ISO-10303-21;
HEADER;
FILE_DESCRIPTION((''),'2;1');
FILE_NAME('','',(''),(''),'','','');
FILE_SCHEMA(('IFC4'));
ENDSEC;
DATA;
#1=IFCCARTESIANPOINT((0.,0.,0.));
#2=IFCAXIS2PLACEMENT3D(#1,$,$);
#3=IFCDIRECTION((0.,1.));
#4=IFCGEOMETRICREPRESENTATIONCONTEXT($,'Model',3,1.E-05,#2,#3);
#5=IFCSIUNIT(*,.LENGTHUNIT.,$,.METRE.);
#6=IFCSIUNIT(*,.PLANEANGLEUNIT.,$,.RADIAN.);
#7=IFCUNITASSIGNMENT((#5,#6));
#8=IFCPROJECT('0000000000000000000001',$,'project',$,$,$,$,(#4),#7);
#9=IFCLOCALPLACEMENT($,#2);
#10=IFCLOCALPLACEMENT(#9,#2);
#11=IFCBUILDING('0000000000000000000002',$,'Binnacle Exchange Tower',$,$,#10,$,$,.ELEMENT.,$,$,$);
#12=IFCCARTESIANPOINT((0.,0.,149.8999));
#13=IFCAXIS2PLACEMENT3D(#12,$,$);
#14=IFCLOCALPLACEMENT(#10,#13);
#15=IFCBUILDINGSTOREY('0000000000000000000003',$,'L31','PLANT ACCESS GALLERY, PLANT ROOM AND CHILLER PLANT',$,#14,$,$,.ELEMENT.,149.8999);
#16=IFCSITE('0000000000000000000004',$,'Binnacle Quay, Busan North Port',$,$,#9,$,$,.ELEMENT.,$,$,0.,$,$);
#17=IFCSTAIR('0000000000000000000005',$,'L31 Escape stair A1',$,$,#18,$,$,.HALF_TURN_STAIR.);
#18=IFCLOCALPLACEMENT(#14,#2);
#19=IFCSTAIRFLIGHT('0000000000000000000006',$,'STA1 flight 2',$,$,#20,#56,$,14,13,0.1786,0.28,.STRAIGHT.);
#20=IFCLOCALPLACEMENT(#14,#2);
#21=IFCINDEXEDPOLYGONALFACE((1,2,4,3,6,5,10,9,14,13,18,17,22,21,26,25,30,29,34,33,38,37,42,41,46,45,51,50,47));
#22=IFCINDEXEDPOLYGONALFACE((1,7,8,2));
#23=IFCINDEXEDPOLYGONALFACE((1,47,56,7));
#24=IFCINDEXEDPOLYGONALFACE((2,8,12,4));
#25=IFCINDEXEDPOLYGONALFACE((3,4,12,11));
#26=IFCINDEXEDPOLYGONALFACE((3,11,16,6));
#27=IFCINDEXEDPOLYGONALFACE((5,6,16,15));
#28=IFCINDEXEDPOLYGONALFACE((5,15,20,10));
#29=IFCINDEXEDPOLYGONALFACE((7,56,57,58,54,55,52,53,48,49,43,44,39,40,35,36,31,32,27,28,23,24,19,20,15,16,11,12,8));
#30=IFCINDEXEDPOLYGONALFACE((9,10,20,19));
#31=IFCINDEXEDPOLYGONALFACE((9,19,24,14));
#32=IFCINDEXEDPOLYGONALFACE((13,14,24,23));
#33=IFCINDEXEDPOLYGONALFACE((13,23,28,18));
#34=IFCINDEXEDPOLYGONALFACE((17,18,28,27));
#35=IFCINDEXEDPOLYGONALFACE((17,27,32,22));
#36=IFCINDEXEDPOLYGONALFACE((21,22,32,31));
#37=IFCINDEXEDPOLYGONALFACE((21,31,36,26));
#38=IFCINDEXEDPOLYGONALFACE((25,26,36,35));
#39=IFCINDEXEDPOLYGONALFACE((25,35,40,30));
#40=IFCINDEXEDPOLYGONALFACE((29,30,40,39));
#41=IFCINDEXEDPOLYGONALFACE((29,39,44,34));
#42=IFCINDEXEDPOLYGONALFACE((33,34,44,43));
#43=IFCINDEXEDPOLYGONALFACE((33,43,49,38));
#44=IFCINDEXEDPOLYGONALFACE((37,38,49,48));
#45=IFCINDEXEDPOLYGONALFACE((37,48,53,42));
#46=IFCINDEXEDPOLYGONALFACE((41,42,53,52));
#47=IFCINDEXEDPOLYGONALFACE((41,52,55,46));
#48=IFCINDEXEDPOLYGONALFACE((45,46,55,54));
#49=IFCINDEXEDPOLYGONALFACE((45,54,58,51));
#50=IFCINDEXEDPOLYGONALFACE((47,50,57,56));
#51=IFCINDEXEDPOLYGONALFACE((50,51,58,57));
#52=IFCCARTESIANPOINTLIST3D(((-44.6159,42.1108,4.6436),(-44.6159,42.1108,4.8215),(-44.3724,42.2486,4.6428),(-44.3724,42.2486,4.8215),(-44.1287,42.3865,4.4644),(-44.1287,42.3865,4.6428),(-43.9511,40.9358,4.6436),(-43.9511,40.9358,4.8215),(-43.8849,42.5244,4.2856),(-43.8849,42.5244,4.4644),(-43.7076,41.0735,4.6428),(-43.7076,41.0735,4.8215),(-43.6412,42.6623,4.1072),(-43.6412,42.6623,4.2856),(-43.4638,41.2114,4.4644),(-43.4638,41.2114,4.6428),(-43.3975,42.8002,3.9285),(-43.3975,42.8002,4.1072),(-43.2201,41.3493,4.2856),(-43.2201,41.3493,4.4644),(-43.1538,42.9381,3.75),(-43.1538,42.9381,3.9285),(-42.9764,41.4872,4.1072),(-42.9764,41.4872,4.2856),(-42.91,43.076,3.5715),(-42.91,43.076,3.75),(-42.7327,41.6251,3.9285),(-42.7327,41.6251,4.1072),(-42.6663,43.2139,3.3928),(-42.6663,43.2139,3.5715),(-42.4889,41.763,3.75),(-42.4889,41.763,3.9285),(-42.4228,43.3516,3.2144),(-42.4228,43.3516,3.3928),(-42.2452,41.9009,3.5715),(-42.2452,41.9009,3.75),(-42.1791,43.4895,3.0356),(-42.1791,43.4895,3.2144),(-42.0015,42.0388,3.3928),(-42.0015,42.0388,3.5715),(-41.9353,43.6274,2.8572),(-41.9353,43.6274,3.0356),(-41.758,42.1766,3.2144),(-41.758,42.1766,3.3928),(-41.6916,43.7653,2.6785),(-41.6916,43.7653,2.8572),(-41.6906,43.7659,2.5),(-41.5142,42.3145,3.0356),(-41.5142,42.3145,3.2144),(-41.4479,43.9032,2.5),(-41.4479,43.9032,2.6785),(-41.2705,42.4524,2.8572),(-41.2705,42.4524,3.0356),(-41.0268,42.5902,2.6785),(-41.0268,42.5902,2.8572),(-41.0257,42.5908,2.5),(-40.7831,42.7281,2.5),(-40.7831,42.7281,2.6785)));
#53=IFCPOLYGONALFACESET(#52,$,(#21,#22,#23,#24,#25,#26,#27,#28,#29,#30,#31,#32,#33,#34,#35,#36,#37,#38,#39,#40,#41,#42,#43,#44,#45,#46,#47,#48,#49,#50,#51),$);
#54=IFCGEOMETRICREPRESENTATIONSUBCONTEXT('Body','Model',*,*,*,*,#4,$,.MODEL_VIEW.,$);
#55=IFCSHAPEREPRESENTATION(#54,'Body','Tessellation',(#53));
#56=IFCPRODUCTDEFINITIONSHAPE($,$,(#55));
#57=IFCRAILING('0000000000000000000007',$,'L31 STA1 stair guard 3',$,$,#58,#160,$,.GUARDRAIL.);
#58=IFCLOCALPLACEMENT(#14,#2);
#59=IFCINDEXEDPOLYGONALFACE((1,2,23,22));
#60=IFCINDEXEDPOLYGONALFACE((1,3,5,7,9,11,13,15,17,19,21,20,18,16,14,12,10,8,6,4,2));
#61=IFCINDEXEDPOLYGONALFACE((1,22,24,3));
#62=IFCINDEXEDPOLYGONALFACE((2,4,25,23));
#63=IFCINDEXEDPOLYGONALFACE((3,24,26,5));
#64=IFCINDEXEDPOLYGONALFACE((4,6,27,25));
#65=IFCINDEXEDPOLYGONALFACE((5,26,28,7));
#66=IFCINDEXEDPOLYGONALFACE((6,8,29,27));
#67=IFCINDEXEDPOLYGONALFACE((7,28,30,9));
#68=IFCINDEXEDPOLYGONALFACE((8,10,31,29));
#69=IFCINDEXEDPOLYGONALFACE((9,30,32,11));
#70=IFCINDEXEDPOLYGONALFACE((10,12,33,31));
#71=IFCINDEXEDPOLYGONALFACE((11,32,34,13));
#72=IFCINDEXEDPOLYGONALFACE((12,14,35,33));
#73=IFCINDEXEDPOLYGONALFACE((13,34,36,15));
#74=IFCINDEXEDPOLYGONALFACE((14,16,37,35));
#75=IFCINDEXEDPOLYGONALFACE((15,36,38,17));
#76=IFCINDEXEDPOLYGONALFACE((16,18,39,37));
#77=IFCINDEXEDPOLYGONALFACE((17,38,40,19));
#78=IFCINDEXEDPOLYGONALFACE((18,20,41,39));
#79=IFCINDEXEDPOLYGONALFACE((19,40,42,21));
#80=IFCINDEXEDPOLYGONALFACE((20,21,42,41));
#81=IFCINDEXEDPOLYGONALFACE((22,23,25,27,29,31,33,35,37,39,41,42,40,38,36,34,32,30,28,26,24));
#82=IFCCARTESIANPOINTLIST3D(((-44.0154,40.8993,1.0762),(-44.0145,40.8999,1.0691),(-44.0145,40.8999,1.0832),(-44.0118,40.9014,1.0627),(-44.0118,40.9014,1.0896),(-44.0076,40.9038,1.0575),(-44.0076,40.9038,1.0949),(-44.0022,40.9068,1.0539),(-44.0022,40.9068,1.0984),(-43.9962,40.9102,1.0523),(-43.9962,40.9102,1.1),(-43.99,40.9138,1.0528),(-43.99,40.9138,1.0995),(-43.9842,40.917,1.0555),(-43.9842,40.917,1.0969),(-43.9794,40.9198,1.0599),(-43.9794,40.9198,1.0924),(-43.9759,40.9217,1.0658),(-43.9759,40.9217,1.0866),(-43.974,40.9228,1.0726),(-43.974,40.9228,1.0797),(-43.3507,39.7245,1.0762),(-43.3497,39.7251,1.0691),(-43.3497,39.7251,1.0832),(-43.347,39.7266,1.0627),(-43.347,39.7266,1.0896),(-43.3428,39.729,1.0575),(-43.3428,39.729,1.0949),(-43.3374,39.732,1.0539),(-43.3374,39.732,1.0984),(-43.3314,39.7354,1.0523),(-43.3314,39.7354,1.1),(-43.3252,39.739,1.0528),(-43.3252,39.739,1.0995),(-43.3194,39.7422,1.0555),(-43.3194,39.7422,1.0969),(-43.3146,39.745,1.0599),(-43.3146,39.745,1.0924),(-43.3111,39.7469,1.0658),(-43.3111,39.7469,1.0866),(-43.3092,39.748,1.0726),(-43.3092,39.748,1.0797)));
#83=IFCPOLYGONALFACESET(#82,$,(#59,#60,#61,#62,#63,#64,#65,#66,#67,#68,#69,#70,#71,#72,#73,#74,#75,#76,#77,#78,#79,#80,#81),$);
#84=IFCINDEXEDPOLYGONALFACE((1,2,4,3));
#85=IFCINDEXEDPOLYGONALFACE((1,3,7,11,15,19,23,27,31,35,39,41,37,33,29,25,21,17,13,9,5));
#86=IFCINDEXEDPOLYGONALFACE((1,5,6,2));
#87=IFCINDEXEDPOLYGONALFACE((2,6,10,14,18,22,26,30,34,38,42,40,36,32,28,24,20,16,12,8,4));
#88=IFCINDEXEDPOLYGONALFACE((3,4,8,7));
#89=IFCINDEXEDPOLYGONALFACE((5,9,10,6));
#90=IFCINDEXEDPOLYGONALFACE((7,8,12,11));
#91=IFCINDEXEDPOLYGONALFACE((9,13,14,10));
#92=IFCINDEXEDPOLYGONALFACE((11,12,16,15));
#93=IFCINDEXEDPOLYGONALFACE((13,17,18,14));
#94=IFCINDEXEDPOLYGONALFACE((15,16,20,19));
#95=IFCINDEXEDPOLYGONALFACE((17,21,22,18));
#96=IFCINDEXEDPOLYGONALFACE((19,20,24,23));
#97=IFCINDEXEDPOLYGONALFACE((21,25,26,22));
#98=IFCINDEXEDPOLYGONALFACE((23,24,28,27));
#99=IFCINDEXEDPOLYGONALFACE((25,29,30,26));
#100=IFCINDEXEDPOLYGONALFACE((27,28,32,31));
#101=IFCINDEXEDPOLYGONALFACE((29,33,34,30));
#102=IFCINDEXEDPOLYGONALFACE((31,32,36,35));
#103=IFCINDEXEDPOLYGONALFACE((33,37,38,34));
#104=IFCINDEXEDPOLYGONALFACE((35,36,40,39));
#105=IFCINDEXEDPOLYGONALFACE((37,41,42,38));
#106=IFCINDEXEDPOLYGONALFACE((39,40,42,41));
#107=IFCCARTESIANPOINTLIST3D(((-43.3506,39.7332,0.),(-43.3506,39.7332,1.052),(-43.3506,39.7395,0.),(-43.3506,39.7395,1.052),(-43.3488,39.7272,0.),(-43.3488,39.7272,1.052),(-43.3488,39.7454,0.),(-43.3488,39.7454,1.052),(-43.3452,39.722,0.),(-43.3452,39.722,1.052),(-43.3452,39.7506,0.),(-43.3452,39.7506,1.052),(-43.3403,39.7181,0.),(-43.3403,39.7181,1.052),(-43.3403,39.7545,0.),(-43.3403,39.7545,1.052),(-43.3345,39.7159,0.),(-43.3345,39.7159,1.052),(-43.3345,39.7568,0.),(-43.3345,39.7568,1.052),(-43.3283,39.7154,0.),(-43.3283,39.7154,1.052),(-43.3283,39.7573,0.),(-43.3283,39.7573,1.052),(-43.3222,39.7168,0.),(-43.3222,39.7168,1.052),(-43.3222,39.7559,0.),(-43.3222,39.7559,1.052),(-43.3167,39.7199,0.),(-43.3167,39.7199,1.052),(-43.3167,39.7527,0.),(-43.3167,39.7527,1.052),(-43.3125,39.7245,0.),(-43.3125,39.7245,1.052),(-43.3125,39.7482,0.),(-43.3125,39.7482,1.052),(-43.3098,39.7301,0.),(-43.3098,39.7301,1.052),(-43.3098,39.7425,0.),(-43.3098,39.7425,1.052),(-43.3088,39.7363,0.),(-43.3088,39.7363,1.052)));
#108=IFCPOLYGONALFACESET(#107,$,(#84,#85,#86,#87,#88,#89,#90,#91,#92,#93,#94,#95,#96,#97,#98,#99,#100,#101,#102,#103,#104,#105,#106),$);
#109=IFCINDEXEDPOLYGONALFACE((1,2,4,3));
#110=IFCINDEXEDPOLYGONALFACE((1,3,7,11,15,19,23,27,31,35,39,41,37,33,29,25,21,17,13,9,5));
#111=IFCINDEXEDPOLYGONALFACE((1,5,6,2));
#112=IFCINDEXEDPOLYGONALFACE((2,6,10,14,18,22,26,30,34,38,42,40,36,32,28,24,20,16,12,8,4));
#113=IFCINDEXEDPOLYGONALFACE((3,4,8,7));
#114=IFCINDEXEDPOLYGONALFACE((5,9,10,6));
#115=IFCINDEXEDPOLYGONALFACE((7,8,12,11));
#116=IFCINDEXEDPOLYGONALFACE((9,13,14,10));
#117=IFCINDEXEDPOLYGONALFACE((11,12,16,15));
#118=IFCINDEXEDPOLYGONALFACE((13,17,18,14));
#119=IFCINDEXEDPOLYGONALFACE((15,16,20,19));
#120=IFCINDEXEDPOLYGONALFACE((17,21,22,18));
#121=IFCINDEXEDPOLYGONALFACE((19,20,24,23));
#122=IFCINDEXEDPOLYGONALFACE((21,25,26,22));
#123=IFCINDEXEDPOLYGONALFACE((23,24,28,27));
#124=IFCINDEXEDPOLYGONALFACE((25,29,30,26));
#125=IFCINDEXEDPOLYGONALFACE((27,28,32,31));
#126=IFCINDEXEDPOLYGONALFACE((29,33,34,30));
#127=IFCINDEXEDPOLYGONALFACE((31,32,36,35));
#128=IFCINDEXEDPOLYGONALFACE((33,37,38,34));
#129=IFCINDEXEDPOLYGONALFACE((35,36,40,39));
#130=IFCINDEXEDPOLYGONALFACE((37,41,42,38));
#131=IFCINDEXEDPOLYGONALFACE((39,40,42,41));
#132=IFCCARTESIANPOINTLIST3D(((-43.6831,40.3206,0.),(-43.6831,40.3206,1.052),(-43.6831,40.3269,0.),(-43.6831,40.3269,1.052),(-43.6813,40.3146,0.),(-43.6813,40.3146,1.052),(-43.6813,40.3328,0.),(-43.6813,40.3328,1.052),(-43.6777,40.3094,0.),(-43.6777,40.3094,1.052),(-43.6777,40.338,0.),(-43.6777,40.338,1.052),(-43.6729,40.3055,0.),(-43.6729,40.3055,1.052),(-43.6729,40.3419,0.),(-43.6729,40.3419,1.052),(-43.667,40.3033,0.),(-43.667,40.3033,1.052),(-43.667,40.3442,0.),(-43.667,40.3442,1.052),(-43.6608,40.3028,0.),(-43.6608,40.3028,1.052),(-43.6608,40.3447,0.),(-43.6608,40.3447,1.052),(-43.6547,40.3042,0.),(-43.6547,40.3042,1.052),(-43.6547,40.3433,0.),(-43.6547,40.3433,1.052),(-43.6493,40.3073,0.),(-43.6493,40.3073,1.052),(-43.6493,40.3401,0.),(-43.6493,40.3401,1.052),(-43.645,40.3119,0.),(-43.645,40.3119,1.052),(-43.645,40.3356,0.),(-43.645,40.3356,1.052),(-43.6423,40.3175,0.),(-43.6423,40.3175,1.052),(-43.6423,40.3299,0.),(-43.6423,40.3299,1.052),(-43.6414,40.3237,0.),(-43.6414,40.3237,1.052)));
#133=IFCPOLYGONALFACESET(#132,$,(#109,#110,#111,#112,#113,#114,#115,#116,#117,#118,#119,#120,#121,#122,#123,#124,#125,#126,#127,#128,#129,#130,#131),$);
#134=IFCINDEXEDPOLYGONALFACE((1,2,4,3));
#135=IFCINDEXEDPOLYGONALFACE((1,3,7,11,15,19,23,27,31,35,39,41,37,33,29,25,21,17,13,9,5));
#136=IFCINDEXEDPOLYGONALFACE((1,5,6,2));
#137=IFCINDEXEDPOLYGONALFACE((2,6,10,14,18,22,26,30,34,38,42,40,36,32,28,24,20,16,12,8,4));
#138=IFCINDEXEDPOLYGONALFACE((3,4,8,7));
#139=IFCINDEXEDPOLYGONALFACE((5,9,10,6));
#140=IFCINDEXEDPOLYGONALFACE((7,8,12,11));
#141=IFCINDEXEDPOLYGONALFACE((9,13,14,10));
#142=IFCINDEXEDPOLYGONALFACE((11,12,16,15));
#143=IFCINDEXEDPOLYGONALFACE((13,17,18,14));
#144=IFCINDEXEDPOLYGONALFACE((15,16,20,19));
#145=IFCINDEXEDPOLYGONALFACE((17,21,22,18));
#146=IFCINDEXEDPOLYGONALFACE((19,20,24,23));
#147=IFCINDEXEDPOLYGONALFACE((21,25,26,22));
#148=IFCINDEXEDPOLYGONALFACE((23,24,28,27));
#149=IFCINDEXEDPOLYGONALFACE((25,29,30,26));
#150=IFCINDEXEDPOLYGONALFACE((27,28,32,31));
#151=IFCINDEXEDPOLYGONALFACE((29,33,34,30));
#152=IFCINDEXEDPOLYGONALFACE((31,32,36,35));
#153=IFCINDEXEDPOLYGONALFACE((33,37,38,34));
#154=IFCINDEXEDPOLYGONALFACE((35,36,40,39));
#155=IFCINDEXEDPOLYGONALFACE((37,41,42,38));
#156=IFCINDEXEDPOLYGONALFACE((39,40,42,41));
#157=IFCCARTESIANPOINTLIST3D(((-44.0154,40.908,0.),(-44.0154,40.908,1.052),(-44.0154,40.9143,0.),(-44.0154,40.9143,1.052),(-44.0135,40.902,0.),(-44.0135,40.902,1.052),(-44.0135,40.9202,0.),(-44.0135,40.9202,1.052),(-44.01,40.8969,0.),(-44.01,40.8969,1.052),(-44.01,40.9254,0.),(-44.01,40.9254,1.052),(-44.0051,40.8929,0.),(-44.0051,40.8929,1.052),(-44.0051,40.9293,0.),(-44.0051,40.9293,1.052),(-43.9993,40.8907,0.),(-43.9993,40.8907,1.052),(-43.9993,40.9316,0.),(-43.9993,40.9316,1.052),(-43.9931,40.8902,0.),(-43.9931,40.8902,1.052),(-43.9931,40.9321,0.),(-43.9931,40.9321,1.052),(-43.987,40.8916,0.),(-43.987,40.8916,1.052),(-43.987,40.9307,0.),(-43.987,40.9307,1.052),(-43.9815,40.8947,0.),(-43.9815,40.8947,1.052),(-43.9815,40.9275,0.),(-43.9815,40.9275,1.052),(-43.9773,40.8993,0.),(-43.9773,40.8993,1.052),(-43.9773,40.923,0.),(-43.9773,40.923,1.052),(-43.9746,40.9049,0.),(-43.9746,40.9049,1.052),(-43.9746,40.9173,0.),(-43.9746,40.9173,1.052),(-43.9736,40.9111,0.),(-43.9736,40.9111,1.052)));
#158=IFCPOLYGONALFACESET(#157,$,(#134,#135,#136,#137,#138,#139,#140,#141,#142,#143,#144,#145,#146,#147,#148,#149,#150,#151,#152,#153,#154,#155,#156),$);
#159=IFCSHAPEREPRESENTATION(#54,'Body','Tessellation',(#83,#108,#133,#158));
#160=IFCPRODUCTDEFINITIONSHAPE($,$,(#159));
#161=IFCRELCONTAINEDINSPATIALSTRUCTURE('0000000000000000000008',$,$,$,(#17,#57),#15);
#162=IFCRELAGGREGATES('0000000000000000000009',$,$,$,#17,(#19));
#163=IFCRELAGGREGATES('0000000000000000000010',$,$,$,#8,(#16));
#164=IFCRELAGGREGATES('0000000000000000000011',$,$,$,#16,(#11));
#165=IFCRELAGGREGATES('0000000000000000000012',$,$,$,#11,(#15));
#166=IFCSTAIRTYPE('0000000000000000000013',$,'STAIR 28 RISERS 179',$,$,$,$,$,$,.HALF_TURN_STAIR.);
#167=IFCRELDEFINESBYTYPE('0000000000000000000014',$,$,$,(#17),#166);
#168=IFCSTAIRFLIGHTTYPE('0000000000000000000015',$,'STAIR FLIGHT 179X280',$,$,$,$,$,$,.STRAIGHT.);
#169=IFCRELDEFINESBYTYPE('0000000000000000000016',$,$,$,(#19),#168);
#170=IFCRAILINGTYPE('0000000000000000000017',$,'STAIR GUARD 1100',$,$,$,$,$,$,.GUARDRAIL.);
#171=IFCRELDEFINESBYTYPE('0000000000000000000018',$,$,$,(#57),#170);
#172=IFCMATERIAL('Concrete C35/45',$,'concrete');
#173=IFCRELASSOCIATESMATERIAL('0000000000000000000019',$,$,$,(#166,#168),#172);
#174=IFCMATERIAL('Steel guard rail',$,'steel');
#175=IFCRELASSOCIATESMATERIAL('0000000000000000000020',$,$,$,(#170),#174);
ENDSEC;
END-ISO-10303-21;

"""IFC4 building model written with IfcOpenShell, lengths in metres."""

from ifc_helpers import new_model, si_unit, direction, frame, origin, origin_2d, place, context, subcontext, project, spatial, polyline, circle, outline, extrude, material, type_object, element, aggregate, save


model = new_model("IFC4")

# Units and contexts
model_context = context("Model", 3, precision=1e-05, world=origin(), true_north=direction((0.0, 1.0)))
body_context = subcontext(model_context, "Body", "Model", "MODEL_VIEW")
ifc_project = project(units=[si_unit("LENGTHUNIT", "METRE"), si_unit("PLANEANGLEUNIT", "RADIAN")], contexts=[model_context])

# Site, building, storey
site_placement = place(None, origin())
site = spatial("IfcSite", under=ifc_project, at=site_placement, Name="Binnacle Quay, Busan North Port", CompositionType="ELEMENT", RefElevation=0.0)
building_placement = place(site_placement, origin())
building = spatial("IfcBuilding", under=site, at=building_placement, Name="Binnacle Exchange Tower", CompositionType="ELEMENT")
storey_placement = place(building_placement, frame((0.0, 0.0, 149.8999)))
storey = spatial("IfcBuildingStorey", under=building, at=storey_placement, Name="L31", Description="PLANT ACCESS GALLERY, PLANT ROOM AND CHILLER PLANT", CompositionType="ELEMENT", Elevation=149.8999)

# Stair, stair flight
ifc_material_1 = material(Name="Concrete C35/45", Category="concrete")
stair_type = type_object("IfcStairType", Name="STAIR 28 RISERS 179", PredefinedType="HALF_TURN_STAIR", material=ifc_material_1)
stair_placement = place(storey_placement, origin())
stair = element("IfcStair", 1, at=stair_placement, inside=storey, type_object=stair_type, Name="L31 Escape stair A1", PredefinedType="HALF_TURN_STAIR")
stair_flight_type = type_object("IfcStairFlightType", Name="STAIR FLIGHT 179X280", PredefinedType="STRAIGHT", material=ifc_material_1)
stair_flight_1_placement = place(storey_placement, frame((-41.1155, 43.3157, 2.5), z_axis=(0.0, 0.0, 1.0), x_axis=(-0.870356, -0.492424, 0.0)))
stair_flight_1 = element("IfcStairFlight", 2, at=stair_flight_1_placement, type_object=stair_flight_type, Name="STA1 flight 2", NumberOfRisers=14, NumberOfTreads=13, PredefinedType="STRAIGHT", RiserHeight=0.1786, TreadLength=0.28, context=body_context, shape_type="SweptSolid", body=[
    extrude(outline(polyline([(0.0, 0.0), (0.0, 0.1785), (0.28, 0.1785), (0.28, 0.3572), (0.5601, 0.3572), (0.5601, 0.5356), (0.8401, 0.5356), (0.8401, 0.7144), (1.1201, 0.7144), (1.1201, 0.8928), (1.3999, 0.8928), (1.3999, 1.0715), (1.6799, 1.0715), (1.6799, 1.25), (1.96, 1.25), (1.96, 1.4285), (2.24, 1.4285), (2.24, 1.6072), (2.52, 1.6072), (2.52, 1.7856), (2.8, 1.7856), (2.8, 1.9644), (3.0801, 1.9644), (3.0801, 2.1428), (3.3601, 2.1428), (3.3601, 2.3215), (3.6399, 2.3215), (3.6399, 2.5), (3.6399, 2.1436), (0.2788, 0.0), (0.0, 0.0)])), frame((0.0, 0.675, 0.0), z_axis=(0.0, -1.0, 0.0), x_axis=(1.0, 0.0, 0.0)), (0.0, 0.0, 1.0), 1.3501),
])
aggregate(stair, [stair_flight_1])

# Railing
ifc_material_2 = material(Name="Steel guard rail", Category="steel")
railing_type_1 = type_object("IfcRailingType", Name="STAIR GUARD 1100", PredefinedType="GUARDRAIL", material=ifc_material_2)
railing_1_placement = place(storey_placement, frame((-43.3298, 39.7363, 0.0)))
element("IfcRailing", 3, at=railing_1_placement, inside=storey, type_object=railing_type_1, Name="L31 STA1 stair guard 3", PredefinedType="GUARDRAIL", context=body_context, shape_type="SweptSolid", body=[
    extrude(circle(Radius=0.0239, at=origin_2d()), frame((0.0, 0.0, 1.0762), z_axis=(-0.492492, 0.870317, 0.0), x_axis=(-0.870317, -0.492492, 0.0)), (0.0, 0.0, 1.0), 1.3499),
    extrude(circle(Radius=0.021, at=origin_2d()), origin(), (0.0, 0.0, 1.0), 1.052),
    extrude(circle(Radius=0.021, at=origin_2d()), frame((-0.3325, 0.5874, 0.0)), (0.0, 0.0, 1.0), 1.052),
    extrude(circle(Radius=0.021, at=origin_2d()), frame((-0.6648, 1.1748, 0.0)), (0.0, 0.0, 1.0), 1.052),
])

save(model, "model.ifc")
